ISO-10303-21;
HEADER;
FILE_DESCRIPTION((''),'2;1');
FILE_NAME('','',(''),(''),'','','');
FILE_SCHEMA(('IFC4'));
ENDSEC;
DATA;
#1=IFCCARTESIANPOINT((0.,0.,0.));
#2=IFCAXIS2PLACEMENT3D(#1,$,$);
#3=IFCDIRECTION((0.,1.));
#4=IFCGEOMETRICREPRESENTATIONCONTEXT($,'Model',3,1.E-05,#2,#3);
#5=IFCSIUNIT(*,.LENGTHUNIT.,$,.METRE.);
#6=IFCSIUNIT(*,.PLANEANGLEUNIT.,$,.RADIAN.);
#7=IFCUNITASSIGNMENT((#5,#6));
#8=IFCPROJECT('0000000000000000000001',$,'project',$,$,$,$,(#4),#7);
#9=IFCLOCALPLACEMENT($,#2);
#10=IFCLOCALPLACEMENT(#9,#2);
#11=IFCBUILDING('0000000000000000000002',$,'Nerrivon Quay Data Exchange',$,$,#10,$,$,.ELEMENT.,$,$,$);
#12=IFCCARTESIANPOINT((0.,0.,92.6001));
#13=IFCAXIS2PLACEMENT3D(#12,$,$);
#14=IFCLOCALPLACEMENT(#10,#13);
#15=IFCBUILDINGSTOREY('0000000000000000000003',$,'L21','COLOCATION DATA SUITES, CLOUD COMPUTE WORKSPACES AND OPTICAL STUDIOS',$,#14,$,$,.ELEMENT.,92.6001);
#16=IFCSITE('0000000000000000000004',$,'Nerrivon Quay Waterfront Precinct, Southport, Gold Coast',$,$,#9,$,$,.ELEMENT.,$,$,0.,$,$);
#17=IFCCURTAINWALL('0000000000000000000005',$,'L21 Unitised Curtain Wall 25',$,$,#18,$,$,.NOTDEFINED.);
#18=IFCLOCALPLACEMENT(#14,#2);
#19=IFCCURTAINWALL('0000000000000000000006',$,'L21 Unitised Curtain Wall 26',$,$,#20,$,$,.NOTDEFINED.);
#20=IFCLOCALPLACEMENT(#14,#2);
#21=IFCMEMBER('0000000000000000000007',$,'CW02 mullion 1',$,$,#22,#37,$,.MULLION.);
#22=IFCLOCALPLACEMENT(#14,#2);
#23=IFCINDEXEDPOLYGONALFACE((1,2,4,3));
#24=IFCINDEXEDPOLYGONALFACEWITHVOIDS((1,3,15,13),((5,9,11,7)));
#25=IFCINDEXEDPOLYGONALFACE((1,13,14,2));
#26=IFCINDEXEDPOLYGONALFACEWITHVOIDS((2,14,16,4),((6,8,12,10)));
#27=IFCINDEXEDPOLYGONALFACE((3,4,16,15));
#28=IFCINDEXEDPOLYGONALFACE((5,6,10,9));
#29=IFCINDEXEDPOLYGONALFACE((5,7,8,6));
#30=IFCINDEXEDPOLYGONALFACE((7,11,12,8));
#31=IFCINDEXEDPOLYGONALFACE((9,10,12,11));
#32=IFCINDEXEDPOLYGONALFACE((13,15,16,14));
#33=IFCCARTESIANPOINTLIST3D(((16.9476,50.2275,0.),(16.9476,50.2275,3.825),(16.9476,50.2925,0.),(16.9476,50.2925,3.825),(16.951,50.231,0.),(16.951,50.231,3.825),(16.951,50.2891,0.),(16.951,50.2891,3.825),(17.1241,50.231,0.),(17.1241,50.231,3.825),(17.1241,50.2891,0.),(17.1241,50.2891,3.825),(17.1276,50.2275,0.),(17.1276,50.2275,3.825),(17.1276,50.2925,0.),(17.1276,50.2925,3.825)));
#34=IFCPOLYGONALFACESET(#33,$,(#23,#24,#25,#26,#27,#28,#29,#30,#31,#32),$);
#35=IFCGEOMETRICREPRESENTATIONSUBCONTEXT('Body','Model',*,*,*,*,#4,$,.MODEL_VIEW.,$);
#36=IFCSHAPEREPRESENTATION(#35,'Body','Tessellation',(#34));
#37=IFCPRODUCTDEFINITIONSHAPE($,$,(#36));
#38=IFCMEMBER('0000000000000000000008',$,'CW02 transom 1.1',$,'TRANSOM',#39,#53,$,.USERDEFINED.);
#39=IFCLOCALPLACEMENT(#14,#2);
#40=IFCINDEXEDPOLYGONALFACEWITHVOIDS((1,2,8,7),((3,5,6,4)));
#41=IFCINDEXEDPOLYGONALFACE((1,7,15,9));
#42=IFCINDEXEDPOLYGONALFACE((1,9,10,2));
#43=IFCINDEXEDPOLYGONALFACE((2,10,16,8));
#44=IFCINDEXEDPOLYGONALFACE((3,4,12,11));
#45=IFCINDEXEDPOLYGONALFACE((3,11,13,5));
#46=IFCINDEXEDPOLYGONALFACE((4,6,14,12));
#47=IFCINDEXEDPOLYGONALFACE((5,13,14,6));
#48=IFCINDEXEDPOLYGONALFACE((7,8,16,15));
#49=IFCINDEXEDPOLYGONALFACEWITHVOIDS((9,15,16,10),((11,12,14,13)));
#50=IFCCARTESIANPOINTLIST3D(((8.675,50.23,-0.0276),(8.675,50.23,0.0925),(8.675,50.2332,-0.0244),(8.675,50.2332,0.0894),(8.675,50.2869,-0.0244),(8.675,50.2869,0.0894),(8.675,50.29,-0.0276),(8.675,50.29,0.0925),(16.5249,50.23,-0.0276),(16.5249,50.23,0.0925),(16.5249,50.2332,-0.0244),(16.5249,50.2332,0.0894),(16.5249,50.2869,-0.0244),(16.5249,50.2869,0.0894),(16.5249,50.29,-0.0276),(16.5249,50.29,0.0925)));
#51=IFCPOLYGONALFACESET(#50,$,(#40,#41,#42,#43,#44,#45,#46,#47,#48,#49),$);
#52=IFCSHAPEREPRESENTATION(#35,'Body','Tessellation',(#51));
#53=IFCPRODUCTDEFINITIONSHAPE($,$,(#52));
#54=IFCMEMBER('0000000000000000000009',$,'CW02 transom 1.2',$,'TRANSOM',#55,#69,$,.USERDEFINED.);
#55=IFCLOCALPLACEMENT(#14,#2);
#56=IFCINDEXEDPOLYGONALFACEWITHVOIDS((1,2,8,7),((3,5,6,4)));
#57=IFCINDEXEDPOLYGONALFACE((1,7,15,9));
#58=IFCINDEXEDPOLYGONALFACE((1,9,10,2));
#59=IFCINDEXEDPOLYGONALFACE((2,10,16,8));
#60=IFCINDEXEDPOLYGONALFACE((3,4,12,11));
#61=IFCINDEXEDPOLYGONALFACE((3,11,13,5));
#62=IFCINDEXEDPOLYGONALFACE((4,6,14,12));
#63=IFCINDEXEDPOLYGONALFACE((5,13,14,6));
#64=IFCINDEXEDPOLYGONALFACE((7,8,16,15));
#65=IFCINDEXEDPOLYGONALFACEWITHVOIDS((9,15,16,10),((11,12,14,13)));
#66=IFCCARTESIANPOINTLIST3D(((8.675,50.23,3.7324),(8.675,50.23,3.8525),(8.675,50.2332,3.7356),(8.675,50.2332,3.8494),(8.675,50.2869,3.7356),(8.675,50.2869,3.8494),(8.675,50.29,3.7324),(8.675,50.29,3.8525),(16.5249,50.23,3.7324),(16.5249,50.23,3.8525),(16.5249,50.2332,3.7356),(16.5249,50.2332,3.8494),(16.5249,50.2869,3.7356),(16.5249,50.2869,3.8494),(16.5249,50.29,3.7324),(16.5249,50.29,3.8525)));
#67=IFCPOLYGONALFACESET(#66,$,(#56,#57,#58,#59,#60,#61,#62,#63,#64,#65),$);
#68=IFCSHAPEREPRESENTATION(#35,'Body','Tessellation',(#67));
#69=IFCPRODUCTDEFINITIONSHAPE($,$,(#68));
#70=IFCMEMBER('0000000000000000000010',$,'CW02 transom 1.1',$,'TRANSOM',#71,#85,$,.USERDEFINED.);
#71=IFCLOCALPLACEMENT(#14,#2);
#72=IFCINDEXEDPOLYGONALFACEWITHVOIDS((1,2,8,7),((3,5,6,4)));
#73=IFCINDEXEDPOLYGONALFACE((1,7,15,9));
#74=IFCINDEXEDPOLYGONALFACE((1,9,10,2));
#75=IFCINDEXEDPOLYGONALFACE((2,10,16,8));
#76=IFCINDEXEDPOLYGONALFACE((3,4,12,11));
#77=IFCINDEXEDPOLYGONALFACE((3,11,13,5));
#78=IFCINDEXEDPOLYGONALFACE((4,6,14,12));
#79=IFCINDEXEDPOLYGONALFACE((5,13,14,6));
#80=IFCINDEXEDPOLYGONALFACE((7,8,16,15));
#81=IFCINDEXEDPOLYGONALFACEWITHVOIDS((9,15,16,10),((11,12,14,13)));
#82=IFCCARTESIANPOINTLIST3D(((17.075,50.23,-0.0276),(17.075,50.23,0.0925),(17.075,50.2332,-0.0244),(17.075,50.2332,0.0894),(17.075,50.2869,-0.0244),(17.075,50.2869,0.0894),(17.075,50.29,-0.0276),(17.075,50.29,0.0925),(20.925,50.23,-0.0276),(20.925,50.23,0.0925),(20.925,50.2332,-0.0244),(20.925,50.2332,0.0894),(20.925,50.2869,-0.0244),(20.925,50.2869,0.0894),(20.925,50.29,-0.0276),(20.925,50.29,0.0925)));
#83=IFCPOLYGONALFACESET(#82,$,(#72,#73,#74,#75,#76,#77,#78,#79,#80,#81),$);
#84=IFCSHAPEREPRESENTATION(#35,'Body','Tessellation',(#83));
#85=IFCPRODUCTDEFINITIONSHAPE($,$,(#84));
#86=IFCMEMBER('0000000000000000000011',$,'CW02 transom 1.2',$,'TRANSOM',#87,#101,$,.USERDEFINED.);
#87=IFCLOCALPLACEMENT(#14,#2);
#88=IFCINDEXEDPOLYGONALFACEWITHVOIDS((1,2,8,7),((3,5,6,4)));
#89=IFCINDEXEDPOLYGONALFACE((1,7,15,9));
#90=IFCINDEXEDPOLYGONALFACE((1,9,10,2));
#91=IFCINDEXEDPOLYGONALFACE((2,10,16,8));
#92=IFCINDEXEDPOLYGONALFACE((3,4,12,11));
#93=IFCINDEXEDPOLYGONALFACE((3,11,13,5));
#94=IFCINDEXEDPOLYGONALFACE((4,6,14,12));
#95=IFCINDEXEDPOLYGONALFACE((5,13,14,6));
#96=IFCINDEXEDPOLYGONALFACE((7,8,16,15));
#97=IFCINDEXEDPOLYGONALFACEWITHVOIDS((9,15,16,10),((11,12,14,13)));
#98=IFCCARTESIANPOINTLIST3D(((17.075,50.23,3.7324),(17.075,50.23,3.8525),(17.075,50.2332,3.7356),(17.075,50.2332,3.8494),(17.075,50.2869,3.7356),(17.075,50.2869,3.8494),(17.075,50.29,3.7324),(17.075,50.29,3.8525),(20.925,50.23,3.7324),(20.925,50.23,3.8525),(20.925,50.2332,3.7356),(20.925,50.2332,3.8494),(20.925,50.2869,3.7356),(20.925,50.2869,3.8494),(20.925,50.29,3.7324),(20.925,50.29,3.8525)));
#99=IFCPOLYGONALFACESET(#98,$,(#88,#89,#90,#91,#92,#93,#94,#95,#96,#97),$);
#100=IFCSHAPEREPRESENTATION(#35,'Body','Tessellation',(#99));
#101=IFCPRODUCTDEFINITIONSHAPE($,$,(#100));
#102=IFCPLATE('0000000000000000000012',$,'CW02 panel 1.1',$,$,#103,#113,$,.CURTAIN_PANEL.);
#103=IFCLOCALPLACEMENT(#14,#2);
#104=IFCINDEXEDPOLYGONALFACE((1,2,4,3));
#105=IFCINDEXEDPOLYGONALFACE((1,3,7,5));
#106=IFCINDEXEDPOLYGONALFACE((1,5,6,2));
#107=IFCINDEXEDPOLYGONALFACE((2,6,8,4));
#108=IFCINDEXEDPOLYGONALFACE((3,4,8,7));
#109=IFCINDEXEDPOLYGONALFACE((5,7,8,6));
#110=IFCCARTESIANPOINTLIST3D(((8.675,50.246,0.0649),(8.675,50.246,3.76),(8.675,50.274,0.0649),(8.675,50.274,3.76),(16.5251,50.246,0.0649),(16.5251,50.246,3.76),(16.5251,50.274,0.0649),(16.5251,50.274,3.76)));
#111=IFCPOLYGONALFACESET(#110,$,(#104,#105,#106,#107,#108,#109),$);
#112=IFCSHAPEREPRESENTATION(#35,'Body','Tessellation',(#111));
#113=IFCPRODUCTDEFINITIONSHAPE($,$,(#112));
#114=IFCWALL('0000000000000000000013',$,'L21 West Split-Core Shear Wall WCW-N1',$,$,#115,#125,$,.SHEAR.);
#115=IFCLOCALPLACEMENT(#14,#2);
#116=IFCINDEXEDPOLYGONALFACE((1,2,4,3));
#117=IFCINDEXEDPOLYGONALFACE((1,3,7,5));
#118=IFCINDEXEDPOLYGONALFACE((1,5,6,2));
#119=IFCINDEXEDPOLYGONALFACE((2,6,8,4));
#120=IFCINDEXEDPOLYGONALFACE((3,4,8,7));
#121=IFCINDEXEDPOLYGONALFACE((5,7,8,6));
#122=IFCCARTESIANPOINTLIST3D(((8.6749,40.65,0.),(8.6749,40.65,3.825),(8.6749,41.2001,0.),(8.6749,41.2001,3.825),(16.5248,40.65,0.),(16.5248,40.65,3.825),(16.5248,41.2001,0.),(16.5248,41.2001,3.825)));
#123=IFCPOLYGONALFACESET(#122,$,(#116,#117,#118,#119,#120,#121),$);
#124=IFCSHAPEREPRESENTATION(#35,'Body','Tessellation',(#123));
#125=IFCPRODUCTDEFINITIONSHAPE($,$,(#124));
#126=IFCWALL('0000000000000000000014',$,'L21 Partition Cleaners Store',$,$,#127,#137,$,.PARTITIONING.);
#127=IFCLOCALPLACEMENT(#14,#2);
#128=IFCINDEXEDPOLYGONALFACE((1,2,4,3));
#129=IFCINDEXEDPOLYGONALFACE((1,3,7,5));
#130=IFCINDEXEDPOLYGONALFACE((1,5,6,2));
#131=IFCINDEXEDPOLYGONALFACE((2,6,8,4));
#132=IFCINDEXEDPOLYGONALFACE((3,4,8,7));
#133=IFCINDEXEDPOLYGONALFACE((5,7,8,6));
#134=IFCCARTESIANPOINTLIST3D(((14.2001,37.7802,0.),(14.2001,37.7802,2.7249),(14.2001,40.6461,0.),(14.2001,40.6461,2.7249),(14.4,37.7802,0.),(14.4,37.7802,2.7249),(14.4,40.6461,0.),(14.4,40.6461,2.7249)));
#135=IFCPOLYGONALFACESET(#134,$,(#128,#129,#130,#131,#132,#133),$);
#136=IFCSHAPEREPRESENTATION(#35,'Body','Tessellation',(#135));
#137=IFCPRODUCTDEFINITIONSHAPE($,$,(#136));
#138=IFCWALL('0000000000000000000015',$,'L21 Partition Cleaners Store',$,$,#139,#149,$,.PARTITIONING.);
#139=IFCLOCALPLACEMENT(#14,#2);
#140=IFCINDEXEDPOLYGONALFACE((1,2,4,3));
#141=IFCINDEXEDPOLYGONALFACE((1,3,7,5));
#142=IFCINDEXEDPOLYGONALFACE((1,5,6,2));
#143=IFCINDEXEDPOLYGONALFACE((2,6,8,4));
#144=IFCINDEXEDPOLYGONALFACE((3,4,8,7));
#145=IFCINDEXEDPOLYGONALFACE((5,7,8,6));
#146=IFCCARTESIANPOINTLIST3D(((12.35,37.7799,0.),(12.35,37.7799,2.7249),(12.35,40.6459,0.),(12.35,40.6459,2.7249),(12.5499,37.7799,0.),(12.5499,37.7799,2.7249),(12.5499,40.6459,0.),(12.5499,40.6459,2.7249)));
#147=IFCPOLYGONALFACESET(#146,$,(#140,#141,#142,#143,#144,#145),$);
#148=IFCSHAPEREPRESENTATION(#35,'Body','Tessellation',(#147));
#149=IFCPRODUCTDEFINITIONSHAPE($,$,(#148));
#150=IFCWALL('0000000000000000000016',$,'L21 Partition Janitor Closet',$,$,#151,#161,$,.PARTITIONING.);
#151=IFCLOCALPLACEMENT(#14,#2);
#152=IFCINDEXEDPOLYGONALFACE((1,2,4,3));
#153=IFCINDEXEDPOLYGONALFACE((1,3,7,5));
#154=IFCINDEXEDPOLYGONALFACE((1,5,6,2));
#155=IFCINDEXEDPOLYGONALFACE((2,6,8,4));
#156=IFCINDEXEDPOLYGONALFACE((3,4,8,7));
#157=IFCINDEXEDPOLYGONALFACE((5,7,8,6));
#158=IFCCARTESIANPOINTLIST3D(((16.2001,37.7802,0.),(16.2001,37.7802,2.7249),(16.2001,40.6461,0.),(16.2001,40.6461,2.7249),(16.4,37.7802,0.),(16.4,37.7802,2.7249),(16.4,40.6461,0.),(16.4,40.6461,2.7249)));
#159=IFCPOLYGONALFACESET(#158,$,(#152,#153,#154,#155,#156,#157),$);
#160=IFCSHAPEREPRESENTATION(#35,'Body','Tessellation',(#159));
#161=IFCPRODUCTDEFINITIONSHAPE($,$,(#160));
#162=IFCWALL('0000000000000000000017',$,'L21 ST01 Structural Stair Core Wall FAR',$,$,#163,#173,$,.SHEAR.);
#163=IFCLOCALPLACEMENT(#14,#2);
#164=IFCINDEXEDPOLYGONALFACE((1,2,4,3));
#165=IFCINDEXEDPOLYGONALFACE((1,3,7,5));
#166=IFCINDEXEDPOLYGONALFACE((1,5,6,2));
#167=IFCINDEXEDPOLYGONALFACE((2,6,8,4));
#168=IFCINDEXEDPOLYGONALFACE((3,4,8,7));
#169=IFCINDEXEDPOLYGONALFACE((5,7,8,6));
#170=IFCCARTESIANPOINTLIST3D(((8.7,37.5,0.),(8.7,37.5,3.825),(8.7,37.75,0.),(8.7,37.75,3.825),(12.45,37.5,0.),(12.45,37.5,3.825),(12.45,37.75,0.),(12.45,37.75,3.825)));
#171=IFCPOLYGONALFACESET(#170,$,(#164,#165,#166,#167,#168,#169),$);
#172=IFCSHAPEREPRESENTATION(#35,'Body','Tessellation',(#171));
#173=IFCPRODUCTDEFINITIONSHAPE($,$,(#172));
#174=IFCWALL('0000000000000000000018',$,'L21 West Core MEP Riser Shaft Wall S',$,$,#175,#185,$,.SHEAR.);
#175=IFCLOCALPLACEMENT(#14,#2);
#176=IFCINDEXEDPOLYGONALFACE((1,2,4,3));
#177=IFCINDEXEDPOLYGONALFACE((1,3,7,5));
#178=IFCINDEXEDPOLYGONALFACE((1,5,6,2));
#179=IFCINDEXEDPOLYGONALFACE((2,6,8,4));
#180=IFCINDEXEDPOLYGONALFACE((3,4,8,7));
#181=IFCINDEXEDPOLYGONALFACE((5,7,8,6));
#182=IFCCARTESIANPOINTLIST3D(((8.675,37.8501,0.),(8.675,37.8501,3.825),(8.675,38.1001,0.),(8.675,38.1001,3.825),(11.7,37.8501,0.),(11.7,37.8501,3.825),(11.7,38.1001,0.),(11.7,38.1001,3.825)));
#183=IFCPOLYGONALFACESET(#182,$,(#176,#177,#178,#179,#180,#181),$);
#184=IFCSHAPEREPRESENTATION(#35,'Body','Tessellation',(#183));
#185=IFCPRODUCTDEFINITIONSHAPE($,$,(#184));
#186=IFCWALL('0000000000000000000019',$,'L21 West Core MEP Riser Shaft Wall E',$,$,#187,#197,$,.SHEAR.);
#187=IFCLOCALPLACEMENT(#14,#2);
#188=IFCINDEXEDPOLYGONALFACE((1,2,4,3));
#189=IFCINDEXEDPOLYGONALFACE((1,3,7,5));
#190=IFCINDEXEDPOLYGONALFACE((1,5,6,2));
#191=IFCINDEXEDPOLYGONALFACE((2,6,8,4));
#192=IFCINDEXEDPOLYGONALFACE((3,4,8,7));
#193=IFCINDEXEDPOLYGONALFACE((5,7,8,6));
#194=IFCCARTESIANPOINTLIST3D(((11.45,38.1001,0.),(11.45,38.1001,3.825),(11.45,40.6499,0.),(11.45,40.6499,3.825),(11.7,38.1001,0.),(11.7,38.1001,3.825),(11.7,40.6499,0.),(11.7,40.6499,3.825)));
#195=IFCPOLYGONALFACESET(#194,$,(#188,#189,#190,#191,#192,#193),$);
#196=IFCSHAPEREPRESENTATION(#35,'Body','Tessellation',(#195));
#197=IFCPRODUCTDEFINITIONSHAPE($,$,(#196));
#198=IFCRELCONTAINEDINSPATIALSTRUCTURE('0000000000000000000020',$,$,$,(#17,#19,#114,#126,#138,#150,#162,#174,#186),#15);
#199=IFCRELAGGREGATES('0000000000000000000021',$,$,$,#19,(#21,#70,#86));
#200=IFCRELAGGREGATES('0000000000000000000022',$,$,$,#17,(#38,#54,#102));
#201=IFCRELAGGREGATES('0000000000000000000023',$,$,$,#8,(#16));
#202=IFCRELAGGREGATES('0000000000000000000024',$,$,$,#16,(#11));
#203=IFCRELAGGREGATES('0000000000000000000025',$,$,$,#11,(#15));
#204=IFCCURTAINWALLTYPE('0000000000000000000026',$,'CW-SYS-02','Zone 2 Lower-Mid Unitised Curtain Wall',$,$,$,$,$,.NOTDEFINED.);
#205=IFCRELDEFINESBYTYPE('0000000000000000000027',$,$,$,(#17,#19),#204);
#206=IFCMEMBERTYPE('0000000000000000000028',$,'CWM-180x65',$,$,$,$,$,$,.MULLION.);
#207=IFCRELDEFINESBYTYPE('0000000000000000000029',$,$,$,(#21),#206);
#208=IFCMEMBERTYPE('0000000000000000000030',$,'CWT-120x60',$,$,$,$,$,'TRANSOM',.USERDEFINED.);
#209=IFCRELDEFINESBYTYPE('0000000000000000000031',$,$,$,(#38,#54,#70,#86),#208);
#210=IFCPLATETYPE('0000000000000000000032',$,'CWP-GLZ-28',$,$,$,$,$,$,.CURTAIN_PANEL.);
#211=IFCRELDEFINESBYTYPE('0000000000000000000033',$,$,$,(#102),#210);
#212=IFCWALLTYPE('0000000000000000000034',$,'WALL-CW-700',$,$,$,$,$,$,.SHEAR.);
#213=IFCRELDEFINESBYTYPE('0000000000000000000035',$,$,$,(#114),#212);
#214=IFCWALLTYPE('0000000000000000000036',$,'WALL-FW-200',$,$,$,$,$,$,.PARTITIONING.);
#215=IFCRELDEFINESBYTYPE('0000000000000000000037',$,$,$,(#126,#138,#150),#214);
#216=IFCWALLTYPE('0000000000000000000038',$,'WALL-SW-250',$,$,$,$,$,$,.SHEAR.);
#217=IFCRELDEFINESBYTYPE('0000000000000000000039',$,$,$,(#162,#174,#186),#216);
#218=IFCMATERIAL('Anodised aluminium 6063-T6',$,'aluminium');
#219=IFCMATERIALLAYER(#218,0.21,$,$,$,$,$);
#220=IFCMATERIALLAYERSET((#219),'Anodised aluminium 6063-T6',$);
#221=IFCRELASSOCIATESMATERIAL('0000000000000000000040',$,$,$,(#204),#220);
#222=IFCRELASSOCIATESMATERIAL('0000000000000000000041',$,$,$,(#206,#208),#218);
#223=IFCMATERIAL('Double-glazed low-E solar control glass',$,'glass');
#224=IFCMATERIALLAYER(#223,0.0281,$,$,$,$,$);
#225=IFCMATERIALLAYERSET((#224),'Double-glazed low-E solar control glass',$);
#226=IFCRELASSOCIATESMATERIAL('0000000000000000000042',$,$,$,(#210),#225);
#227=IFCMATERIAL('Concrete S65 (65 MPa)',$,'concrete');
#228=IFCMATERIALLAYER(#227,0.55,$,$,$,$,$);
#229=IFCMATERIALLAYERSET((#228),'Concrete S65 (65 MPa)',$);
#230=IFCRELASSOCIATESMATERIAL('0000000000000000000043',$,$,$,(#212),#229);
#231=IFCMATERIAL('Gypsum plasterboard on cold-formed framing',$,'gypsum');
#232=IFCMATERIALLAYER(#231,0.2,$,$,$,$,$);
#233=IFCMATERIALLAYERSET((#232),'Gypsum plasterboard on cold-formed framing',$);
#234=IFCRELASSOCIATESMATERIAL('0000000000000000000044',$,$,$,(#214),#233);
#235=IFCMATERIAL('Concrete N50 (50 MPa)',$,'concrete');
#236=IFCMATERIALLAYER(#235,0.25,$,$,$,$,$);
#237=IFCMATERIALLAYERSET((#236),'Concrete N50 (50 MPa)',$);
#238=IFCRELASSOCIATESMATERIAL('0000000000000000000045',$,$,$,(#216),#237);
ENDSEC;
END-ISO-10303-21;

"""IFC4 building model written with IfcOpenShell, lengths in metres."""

from ifc_helpers import new_model, si_unit, direction, frame, frame_2d, origin, origin_2d, place, context, subcontext, project, spatial, rectangle, hollow_rectangle, extrude, material, layer, layer_set, material_profile, profile_set, type_object, element, aggregate, save


model = new_model("IFC4")

# Units and contexts
model_context = context("Model", 3, precision=1e-05, world=origin(), true_north=direction((0.0, 1.0)))
body_context = subcontext(model_context, "Body", "Model", "MODEL_VIEW")
ifc_project = project(units=[si_unit("LENGTHUNIT", "METRE"), si_unit("PLANEANGLEUNIT", "RADIAN")], contexts=[model_context])

# Site, building, storey
site_placement = place(None, origin())
site = spatial("IfcSite", under=ifc_project, at=site_placement, Name="Nerrivon Quay Waterfront Precinct, Southport, Gold Coast", CompositionType="ELEMENT", RefElevation=0.0)
building_placement = place(site_placement, origin())
building = spatial("IfcBuilding", under=site, at=building_placement, Name="Nerrivon Quay Data Exchange", CompositionType="ELEMENT")
storey_placement = place(building_placement, frame((0.0, 0.0, 92.6001)))
storey = spatial("IfcBuildingStorey", under=building, at=storey_placement, Name="L21", Description="COLOCATION DATA SUITES, CLOUD COMPUTE WORKSPACES AND OPTICAL STUDIOS", CompositionType="ELEMENT", Elevation=92.6001)

# Shared definitions
ifc_material_1 = material(Name="Concrete S65 (65 MPa)", Category="concrete")

# Curtain wall
ifc_material_2 = material(Name="Anodised aluminium 6063-T6", Category="aluminium")
ifc_layer_1 = layer(ifc_material_2, 0.21)
ifc_layer_set_1 = layer_set([ifc_layer_1], Name="Anodised aluminium 6063-T6")
curtain_wall_type = type_object("IfcCurtainWallType", Name="CW-SYS-02", Description="Zone 2 Lower-Mid Unitised Curtain Wall", PredefinedType="NOTDEFINED", material=ifc_layer_set_1)
curtain_wall_1_placement = place(storey_placement, origin())
curtain_wall_1 = element("IfcCurtainWall", 1, at=curtain_wall_1_placement, inside=storey, type_object=curtain_wall_type, Name="L21 Unitised Curtain Wall 25", PredefinedType="NOTDEFINED")
ifc_material_profile_1 = material_profile(ifc_material_2, hollow_rectangle(XDim=0.0649, YDim=0.1799, WallThickness=0.0034, at=origin_2d()), Name="ALU-MULL-180x65")
ifc_profile_set_1 = profile_set([ifc_material_profile_1], Name="Anodised aluminium 6063-T6")
member_type_1 = type_object("IfcMemberType", Name="CWM-180x65", PredefinedType="MULLION", material=ifc_profile_set_1)

# Curtain wall, member
curtain_wall_2_placement = place(storey_placement, origin())
curtain_wall_2 = element("IfcCurtainWall", 2, at=curtain_wall_2_placement, inside=storey, type_object=curtain_wall_type, Name="L21 Unitised Curtain Wall 26", PredefinedType="NOTDEFINED")
member_1_placement = place(storey_placement, frame((17.0376, 50.26, 0.0), z_axis=(0.0, 0.0, 1.0), x_axis=(0.0, 1.0, 0.0)))
member_1 = element("IfcMember", 3, at=member_1_placement, type_object=member_type_1, Name="CW02 mullion 1", PredefinedType="MULLION", context=body_context, shape_type="SweptSolid", body=[
    extrude(hollow_rectangle(XDim=0.0649, YDim=0.1799, WallThickness=0.0034, at=origin_2d()), origin(), (0.0, 0.0, 1.0), 3.825),
])

# Members
ifc_material_profile_2 = material_profile(ifc_material_2, hollow_rectangle(XDim=0.0601, YDim=0.1201, WallThickness=0.0032, at=origin_2d()), Name="ALU-TRAN-120x60")
ifc_profile_set_2 = profile_set([ifc_material_profile_2], Name="Anodised aluminium 6063-T6")
member_type_2 = type_object("IfcMemberType", Name="CWT-120x60", ElementType="TRANSOM", PredefinedType="USERDEFINED", material=ifc_profile_set_2)
member_2_placement = place(storey_placement, frame((8.675, 50.26, 0.0325), z_axis=(1.0, 0.0, 0.0), x_axis=(0.0, 1.0, 0.0)))
member_2 = element("IfcMember", 4, at=member_2_placement, type_object=member_type_2, Name="CW02 transom 1.1", ObjectType="TRANSOM", PredefinedType="USERDEFINED", context=body_context, shape_type="SweptSolid", body=[
    extrude(hollow_rectangle(XDim=0.0601, YDim=0.1201, WallThickness=0.0032, at=origin_2d()), origin(), (0.0, 0.0, 1.0), 7.8499),
])
member_3_placement = place(storey_placement, frame((8.675, 50.26, 3.7925), z_axis=(1.0, 0.0, 0.0), x_axis=(0.0, 1.0, 0.0)))
member_3 = element("IfcMember", 5, at=member_3_placement, type_object=member_type_2, Name="CW02 transom 1.2", ObjectType="TRANSOM", PredefinedType="USERDEFINED", context=body_context, shape_type="SweptSolid", body=[
    extrude(hollow_rectangle(XDim=0.0601, YDim=0.1201, WallThickness=0.0032, at=origin_2d()), origin(), (0.0, 0.0, 1.0), 7.8499),
])
member_4_placement = place(storey_placement, frame((17.075, 50.26, 0.0325), z_axis=(1.0, 0.0, 0.0), x_axis=(0.0, 1.0, 0.0)))
member_4 = element("IfcMember", 6, at=member_4_placement, type_object=member_type_2, Name="CW02 transom 1.1", ObjectType="TRANSOM", PredefinedType="USERDEFINED", context=body_context, shape_type="SweptSolid", body=[
    extrude(hollow_rectangle(XDim=0.0601, YDim=0.1201, WallThickness=0.0032, at=origin_2d()), origin(), (0.0, 0.0, 1.0), 3.8501),
])
member_5_placement = place(storey_placement, frame((17.075, 50.26, 3.7925), z_axis=(1.0, 0.0, 0.0), x_axis=(0.0, 1.0, 0.0)))
member_5 = element("IfcMember", 7, at=member_5_placement, type_object=member_type_2, Name="CW02 transom 1.2", ObjectType="TRANSOM", PredefinedType="USERDEFINED", context=body_context, shape_type="SweptSolid", body=[
    extrude(hollow_rectangle(XDim=0.0601, YDim=0.1201, WallThickness=0.0032, at=origin_2d()), origin(), (0.0, 0.0, 1.0), 3.8501),
])
aggregate(curtain_wall_2, [member_1, member_4, member_5])

# Plate
ifc_material_3 = material(Name="Double-glazed low-E solar control glass", Category="glass")
ifc_layer_2 = layer(ifc_material_3, 0.0281)
ifc_layer_set_2 = layer_set([ifc_layer_2], Name="Double-glazed low-E solar control glass")
plate_type = type_object("IfcPlateType", Name="CWP-GLZ-28", PredefinedType="CURTAIN_PANEL", material=ifc_layer_set_2)
plate_placement = place(storey_placement, frame((12.6001, 50.26, 0.0649), z_axis=(0.0, 0.0, 1.0), x_axis=(1.0, 0.0, 0.0)))
plate = element("IfcPlate", 8, at=plate_placement, type_object=plate_type, Name="CW02 panel 1.1", PredefinedType="CURTAIN_PANEL", context=body_context, shape_type="SweptSolid", body=[
    extrude(rectangle(XDim=7.8501, YDim=0.0281, at=origin_2d()), origin(), (0.0, 0.0, 1.0), 3.6951),
])
aggregate(curtain_wall_1, [member_2, member_3, plate])

# Wall
ifc_layer_3 = layer(ifc_material_1, 0.55)
ifc_layer_set_3 = layer_set([ifc_layer_3], Name="Concrete S65 (65 MPa)")
wall_type_1 = type_object("IfcWallType", Name="WALL-CW-700", PredefinedType="SHEAR", material=ifc_layer_set_3)
wall_1_placement = place(storey_placement, frame((8.675, 40.925, 0.0), z_axis=(0.0, 0.0, 1.0), x_axis=(1.0, 0.0, 0.0)))
element("IfcWall", 9, at=wall_1_placement, inside=storey, type_object=wall_type_1, Name="L21 West Split-Core Shear Wall WCW-N1", PredefinedType="SHEAR", context=body_context, shape_type="SweptSolid", body=[
    extrude(rectangle(XDim=7.8499, YDim=0.55, at=frame_2d((3.9248, 0.0))), origin(), (0.0, 0.0, 1.0), 3.825),
])

# Walls
ifc_material_4 = material(Name="Gypsum plasterboard on cold-formed framing", Category="gypsum")
ifc_layer_4 = layer(ifc_material_4, 0.2)
ifc_layer_set_4 = layer_set([ifc_layer_4], Name="Gypsum plasterboard on cold-formed framing")
wall_type_2 = type_object("IfcWallType", Name="WALL-FW-200", PredefinedType="PARTITIONING", material=ifc_layer_set_4)
for number, where, z_axis, x_axis, name in (
    (10, (14.3, 37.78, 0.0), (0.0, 0.0, 1.0), (0.0, 1.0, 0.0), "L21 Partition Cleaners Store"),
    (11, (12.45, 40.646, 0.0), (0.0, 0.0, 1.0), (0.0, -1.0, 0.0), "L21 Partition Cleaners Store"),
    (12, (16.3, 37.78, 0.0), (0.0, 0.0, 1.0), (0.0, 1.0, 0.0), "L21 Partition Janitor Closet"),
):
    element("IfcWall", number, at=place(storey_placement, frame(where, z_axis=z_axis, x_axis=x_axis)), inside=storey, type_object=wall_type_2, Name=name, PredefinedType="PARTITIONING", context=body_context, shape_type="SweptSolid", body=[
        extrude(rectangle(XDim=2.866, YDim=0.2, at=frame_2d((1.4331, 0.0))), origin(), (0.0, 0.0, 1.0), 2.7249),
    ])
ifc_material_5 = material(Name="Concrete N50 (50 MPa)", Category="concrete")
ifc_layer_5 = layer(ifc_material_5, 0.25)
ifc_layer_set_5 = layer_set([ifc_layer_5], Name="Concrete N50 (50 MPa)")
wall_type_3 = type_object("IfcWallType", Name="WALL-SW-250", PredefinedType="SHEAR", material=ifc_layer_set_5)
wall_2_placement = place(storey_placement, frame((12.45, 37.625, 0.0), z_axis=(0.0, 0.0, 1.0), x_axis=(-1.0, 0.0, 0.0)))
element("IfcWall", 13, at=wall_2_placement, inside=storey, type_object=wall_type_3, Name="L21 ST01 Structural Stair Core Wall FAR", PredefinedType="SHEAR", context=body_context, shape_type="SweptSolid", body=[
    extrude(rectangle(XDim=3.75, YDim=0.25, at=frame_2d((1.875, 0.0))), origin(), (0.0, 0.0, 1.0), 3.825),
])
wall_3_placement = place(storey_placement, frame((8.675, 37.9751, 0.0), z_axis=(0.0, 0.0, 1.0), x_axis=(1.0, 0.0, 0.0)))
element("IfcWall", 14, at=wall_3_placement, inside=storey, type_object=wall_type_3, Name="L21 West Core MEP Riser Shaft Wall S", PredefinedType="SHEAR", context=body_context, shape_type="SweptSolid", body=[
    extrude(rectangle(XDim=3.0249, YDim=0.25, at=frame_2d((1.5125, 0.0))), origin(), (0.0, 0.0, 1.0), 3.825),
])
wall_4_placement = place(storey_placement, frame((11.575, 38.1001, 0.0), z_axis=(0.0, 0.0, 1.0), x_axis=(0.0, 1.0, 0.0)))
element("IfcWall", 15, at=wall_4_placement, inside=storey, type_object=wall_type_3, Name="L21 West Core MEP Riser Shaft Wall E", PredefinedType="SHEAR", context=body_context, shape_type="SweptSolid", body=[
    extrude(rectangle(XDim=2.5498, YDim=0.25, at=frame_2d((1.2749, 0.0))), origin(), (0.0, 0.0, 1.0), 3.825),
])

save(model, "model.ifc")
